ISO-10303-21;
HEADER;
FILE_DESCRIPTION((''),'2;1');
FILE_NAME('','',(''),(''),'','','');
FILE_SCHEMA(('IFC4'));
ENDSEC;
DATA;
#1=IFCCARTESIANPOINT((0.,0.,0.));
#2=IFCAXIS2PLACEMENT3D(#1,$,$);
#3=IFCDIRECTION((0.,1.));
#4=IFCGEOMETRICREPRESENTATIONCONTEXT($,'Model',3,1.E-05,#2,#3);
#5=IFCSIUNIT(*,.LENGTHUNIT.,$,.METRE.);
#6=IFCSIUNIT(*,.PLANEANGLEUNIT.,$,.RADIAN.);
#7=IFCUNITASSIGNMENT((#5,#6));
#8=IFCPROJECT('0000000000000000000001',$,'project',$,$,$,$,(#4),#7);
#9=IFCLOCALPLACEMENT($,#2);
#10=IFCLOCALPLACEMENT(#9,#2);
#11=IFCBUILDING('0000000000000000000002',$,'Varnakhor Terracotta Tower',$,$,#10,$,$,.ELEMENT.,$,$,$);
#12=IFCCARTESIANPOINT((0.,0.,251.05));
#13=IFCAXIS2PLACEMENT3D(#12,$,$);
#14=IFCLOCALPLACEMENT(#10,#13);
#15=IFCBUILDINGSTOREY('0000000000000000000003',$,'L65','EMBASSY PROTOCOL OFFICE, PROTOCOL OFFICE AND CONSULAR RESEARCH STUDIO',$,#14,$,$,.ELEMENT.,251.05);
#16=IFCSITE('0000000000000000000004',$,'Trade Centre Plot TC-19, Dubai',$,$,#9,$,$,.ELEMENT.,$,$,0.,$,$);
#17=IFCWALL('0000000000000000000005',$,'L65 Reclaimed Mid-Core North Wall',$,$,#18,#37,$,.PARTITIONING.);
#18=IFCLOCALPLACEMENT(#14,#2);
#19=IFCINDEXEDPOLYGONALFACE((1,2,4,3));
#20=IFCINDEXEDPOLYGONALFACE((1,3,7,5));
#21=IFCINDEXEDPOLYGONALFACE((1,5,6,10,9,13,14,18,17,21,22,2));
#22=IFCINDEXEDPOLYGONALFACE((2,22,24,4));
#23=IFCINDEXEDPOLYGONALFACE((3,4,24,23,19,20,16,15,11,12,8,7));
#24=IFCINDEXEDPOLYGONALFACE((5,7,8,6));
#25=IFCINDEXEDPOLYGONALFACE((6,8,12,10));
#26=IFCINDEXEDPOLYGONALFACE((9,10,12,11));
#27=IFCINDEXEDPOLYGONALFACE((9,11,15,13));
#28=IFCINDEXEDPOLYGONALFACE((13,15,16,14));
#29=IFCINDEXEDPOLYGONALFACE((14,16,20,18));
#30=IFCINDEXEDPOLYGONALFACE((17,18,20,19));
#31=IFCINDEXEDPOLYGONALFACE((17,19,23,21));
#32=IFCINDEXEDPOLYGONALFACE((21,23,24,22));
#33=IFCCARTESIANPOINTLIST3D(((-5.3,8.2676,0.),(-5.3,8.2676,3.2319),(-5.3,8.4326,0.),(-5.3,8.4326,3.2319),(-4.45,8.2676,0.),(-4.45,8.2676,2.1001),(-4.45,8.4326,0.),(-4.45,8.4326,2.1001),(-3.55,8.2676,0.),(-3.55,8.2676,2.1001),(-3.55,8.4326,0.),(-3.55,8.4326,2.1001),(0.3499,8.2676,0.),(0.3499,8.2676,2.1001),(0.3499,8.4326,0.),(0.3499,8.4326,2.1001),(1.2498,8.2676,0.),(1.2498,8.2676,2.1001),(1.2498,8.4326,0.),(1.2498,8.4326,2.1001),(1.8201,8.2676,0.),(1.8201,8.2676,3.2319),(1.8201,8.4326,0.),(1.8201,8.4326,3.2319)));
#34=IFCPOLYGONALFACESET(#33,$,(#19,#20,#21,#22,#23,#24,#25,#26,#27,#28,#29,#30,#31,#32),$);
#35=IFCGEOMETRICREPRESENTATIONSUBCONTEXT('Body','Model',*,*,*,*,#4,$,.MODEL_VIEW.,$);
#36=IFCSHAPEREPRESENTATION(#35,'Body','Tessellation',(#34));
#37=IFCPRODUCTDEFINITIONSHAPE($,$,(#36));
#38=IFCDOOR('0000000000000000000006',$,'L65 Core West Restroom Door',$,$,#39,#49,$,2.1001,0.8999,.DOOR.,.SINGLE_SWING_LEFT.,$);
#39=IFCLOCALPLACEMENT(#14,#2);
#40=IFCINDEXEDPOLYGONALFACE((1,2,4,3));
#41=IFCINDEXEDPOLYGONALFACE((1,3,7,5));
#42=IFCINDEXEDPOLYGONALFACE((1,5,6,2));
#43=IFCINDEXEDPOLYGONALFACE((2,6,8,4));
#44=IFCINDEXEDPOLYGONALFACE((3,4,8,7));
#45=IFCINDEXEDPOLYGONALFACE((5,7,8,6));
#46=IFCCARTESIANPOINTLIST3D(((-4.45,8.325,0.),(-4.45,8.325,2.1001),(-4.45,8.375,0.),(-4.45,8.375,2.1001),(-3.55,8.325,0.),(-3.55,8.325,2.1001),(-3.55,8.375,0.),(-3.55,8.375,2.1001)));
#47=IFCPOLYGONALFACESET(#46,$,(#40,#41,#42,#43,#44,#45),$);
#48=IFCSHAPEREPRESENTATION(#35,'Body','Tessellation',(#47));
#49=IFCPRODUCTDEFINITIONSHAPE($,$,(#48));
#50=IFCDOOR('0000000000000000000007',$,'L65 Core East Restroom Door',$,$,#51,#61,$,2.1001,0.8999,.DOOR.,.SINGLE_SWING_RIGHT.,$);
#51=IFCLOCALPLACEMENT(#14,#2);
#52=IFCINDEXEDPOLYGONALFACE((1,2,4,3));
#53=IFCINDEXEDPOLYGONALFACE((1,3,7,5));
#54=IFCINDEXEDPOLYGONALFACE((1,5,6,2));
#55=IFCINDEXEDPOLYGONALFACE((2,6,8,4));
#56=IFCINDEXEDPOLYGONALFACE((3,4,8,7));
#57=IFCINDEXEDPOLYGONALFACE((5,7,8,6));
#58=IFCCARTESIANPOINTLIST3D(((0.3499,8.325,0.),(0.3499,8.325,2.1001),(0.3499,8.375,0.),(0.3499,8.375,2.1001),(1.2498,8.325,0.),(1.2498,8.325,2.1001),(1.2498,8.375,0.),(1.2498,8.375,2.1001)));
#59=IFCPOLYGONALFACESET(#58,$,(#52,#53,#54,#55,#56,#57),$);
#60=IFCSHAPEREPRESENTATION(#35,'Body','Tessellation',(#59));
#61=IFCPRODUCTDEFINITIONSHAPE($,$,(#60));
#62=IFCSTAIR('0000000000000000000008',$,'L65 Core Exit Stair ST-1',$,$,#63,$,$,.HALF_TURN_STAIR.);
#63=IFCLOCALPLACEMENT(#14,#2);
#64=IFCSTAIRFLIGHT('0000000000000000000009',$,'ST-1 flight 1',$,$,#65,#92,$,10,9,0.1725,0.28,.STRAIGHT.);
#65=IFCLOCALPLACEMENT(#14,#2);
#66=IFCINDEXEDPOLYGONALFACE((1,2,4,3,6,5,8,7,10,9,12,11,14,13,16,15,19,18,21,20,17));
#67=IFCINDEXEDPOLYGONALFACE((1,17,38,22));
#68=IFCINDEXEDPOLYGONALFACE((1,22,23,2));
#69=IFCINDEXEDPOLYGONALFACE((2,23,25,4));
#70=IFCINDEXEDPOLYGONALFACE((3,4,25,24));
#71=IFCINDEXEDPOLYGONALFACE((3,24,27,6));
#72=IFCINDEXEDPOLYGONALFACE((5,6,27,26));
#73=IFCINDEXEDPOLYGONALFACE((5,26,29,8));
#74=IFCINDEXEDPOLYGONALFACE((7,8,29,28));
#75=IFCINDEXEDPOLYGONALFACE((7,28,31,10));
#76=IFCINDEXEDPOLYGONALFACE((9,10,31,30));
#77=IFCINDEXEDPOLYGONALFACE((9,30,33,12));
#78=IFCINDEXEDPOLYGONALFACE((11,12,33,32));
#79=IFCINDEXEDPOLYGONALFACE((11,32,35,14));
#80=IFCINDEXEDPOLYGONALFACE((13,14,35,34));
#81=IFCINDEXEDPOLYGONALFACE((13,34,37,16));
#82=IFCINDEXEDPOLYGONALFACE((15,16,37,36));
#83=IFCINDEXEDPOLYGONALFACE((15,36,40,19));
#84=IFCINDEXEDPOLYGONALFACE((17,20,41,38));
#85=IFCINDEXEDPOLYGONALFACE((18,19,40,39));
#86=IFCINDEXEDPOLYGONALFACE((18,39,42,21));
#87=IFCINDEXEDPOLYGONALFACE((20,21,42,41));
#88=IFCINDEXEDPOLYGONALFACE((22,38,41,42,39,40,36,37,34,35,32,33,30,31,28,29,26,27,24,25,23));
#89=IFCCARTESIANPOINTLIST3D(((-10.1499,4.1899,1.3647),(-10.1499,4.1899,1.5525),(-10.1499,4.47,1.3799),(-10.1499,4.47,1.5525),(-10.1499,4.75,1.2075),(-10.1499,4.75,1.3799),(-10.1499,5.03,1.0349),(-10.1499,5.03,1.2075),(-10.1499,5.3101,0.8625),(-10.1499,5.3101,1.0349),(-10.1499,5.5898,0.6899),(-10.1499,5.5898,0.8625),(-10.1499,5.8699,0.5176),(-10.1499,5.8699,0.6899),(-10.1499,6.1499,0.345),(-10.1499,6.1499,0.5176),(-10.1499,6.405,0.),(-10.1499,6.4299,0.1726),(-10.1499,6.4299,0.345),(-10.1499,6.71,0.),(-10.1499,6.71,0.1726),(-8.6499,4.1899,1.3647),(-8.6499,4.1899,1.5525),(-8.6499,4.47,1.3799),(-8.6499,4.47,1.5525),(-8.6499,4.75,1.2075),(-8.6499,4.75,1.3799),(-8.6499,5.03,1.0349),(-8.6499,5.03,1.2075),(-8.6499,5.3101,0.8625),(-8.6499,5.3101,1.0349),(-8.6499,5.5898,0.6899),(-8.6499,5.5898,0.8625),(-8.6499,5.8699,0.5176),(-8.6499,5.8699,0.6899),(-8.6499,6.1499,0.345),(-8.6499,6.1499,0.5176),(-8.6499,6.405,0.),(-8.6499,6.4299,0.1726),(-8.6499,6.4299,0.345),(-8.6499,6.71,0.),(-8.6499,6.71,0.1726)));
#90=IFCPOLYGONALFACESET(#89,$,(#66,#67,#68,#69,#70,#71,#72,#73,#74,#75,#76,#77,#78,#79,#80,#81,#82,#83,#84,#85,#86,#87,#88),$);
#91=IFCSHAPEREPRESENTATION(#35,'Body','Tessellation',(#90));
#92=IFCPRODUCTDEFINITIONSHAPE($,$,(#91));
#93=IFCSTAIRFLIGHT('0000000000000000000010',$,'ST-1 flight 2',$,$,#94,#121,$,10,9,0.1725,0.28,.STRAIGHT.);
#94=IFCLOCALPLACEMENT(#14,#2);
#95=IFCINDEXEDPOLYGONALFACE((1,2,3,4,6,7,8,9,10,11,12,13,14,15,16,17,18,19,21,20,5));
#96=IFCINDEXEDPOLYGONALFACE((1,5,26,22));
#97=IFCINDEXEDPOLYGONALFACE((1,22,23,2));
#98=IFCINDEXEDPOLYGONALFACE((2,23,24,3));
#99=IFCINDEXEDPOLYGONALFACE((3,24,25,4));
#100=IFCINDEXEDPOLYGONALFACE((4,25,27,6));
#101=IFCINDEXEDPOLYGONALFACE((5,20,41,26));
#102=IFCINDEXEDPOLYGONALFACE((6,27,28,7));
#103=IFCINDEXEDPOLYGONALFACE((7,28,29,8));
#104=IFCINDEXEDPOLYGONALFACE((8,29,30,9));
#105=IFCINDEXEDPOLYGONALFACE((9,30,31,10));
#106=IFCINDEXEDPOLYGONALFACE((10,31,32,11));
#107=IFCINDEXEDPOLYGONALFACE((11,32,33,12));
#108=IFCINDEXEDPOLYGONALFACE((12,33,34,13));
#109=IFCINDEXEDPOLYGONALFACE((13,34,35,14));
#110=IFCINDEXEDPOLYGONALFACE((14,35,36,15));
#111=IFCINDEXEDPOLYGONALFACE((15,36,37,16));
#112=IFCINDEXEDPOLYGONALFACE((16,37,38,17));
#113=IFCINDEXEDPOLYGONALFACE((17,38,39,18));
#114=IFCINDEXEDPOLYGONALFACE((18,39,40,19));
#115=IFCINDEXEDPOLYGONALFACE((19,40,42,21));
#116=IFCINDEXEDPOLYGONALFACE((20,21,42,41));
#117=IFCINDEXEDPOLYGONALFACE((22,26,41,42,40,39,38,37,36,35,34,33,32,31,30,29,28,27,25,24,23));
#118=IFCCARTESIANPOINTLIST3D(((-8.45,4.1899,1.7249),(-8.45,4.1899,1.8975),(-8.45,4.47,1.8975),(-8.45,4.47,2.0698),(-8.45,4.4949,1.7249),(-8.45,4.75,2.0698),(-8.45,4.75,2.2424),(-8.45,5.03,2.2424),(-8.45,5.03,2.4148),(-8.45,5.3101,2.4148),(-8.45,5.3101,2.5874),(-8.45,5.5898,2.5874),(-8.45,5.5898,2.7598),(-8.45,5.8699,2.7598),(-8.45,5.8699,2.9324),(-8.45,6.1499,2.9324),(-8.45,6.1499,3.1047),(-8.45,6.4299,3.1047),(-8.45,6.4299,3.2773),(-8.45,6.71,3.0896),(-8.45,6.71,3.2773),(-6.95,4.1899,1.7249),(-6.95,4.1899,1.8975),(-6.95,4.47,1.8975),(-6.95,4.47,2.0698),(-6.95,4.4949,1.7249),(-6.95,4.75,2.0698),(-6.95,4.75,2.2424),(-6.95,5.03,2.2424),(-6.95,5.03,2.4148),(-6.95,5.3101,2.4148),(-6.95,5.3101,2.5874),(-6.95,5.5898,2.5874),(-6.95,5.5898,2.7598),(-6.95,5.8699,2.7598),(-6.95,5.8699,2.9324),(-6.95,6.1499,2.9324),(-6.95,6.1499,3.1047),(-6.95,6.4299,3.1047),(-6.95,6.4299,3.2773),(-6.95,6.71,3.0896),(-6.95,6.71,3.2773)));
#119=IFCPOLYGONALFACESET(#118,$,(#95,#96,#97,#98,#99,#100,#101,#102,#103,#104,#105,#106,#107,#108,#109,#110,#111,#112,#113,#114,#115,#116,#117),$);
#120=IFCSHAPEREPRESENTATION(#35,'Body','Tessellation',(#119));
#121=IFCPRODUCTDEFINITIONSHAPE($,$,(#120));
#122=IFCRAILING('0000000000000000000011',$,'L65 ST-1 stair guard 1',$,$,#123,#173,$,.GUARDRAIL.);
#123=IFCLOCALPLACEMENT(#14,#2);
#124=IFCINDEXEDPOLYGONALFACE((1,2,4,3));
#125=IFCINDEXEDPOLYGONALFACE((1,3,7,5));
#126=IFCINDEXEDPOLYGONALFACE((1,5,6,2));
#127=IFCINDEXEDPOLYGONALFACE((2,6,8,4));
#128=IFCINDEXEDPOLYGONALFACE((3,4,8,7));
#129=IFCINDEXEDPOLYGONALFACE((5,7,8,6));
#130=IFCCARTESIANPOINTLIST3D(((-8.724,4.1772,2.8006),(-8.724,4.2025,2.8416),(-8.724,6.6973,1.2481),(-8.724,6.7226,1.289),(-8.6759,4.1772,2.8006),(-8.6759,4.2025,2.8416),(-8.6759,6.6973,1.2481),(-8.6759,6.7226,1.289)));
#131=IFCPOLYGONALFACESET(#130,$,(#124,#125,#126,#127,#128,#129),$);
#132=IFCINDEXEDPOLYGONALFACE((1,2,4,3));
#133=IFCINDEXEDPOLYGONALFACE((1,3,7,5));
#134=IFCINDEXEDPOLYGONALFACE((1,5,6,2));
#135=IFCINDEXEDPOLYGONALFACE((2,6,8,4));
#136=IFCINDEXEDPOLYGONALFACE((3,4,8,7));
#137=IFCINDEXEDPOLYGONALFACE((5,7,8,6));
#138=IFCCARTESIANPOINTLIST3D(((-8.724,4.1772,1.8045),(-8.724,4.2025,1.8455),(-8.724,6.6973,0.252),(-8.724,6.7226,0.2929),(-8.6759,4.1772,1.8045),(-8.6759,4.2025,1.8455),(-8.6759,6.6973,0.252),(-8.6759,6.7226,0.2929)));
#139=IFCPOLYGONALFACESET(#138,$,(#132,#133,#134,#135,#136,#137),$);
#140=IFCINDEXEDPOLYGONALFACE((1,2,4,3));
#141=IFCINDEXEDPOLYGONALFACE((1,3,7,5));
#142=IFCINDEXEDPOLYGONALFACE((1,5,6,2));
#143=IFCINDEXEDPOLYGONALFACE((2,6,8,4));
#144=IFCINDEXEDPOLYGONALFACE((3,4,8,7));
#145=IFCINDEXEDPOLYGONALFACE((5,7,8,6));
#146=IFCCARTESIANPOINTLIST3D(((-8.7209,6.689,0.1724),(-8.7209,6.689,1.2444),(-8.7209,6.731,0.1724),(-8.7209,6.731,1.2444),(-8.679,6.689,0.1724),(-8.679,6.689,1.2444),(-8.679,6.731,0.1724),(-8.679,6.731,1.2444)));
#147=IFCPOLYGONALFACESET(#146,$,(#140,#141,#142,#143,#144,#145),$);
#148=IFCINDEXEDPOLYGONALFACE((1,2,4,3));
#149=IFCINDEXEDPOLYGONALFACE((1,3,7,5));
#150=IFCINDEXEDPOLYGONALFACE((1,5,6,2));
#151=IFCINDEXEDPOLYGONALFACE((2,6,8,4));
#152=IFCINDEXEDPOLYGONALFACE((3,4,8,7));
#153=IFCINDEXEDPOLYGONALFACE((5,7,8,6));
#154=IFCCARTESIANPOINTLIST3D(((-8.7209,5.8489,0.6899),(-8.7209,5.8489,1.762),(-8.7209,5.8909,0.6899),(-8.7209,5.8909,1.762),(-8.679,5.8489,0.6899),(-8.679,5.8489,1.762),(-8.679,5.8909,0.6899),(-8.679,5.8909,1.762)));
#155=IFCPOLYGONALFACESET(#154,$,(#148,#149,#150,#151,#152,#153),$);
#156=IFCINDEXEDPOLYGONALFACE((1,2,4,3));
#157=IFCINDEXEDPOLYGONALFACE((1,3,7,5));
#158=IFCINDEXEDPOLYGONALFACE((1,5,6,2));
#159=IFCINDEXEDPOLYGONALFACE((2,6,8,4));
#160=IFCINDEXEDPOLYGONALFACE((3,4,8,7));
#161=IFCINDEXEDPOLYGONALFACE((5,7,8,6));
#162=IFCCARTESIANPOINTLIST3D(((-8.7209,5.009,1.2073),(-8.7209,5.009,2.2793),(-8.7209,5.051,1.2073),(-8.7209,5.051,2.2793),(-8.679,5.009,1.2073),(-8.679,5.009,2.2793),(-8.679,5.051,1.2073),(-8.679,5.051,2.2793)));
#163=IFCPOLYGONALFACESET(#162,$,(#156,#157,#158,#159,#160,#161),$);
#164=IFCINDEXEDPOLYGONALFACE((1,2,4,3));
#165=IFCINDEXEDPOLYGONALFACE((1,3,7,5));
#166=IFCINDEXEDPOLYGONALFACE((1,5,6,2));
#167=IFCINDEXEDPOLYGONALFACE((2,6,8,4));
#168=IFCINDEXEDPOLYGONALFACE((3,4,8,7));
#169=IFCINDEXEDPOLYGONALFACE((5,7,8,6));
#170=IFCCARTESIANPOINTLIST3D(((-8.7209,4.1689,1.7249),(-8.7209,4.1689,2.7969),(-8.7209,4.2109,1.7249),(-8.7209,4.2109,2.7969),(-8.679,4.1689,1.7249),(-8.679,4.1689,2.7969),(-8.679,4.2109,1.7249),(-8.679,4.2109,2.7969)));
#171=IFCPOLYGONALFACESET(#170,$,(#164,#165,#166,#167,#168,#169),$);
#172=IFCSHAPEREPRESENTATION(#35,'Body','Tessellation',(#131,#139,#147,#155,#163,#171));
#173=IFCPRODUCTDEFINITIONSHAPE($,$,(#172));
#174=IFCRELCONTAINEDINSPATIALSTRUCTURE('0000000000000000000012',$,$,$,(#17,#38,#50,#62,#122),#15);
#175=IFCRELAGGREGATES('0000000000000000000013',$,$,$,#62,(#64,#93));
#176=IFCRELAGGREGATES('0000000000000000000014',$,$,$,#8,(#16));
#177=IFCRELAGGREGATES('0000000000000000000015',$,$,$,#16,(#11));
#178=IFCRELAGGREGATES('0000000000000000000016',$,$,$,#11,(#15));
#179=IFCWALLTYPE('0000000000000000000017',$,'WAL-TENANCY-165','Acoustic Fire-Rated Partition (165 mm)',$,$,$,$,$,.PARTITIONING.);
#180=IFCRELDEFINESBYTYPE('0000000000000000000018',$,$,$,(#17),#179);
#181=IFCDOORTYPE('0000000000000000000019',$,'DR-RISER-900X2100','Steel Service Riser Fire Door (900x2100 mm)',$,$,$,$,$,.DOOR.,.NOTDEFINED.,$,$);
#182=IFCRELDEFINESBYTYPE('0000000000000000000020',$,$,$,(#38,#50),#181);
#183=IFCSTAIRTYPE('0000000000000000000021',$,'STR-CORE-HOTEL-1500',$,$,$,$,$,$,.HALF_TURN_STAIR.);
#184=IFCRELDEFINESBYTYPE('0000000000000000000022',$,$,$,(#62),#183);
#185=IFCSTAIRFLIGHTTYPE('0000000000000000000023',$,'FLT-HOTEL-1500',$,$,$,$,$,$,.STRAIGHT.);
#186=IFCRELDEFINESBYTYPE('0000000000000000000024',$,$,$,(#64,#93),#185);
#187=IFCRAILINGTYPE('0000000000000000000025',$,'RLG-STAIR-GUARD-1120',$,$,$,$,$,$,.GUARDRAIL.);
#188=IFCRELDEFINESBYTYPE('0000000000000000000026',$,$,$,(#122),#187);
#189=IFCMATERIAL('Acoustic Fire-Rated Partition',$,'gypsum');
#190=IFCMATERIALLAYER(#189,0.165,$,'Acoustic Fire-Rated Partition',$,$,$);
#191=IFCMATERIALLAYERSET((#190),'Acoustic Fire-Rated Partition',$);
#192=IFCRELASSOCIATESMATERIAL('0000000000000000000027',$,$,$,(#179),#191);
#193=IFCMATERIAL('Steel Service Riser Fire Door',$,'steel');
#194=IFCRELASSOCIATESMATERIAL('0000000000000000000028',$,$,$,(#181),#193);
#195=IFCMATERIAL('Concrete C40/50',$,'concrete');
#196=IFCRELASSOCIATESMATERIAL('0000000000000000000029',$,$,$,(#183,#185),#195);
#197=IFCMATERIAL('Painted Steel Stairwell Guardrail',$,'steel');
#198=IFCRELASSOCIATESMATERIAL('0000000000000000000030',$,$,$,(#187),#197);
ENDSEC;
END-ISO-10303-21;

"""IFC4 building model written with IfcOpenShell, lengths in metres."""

from ifc_helpers import new_model, si_unit, direction, frame, frame_2d, origin, origin_2d, place, context, subcontext, project, spatial, polyline, rectangle, outline, extrude, source, transform, mapped, material, layer, layer_set, type_object, type_shapes, element, fill, aggregate, save


model = new_model("IFC4")

# Units and contexts
model_context = context("Model", 3, precision=1e-05, world=origin(), true_north=direction((0.0, 1.0)))
body_context = subcontext(model_context, "Body", "Model", "MODEL_VIEW")
ifc_project = project(units=[si_unit("LENGTHUNIT", "METRE"), si_unit("PLANEANGLEUNIT", "RADIAN")], contexts=[model_context])

# Site, building, storey
site_placement = place(None, origin())
site = spatial("IfcSite", under=ifc_project, at=site_placement, Name="Trade Centre Plot TC-19, Dubai", CompositionType="ELEMENT", RefElevation=0.0)
building_placement = place(site_placement, origin())
building = spatial("IfcBuilding", under=site, at=building_placement, Name="Varnakhor Terracotta Tower", CompositionType="ELEMENT")
storey_placement = place(building_placement, frame((0.0, 0.0, 251.05)))
storey = spatial("IfcBuildingStorey", under=building, at=storey_placement, Name="L65", Description="EMBASSY PROTOCOL OFFICE, PROTOCOL OFFICE AND CONSULAR RESEARCH STUDIO", CompositionType="ELEMENT", Elevation=251.05)

# Shared definitions
ifc_material_1 = material(Name="Concrete C40/50", Category="concrete")

# Shared definitions
ifc_material_2 = material(Name="Acoustic Fire-Rated Partition", Category="gypsum")
ifc_layer_1 = layer(ifc_material_2, 0.165, Name="Acoustic Fire-Rated Partition")
ifc_layer_set_1 = layer_set([ifc_layer_1], Name="Acoustic Fire-Rated Partition")
wall_type_1 = type_object("IfcWallType", Name="WAL-TENANCY-165", Description="Acoustic Fire-Rated Partition (165 mm)", PredefinedType="PARTITIONING", material=ifc_layer_set_1)
ifc_material_3 = material(Name="Steel Service Riser Fire Door", Category="steel")
door_type_1 = type_object("IfcDoorType", Name="DR-RISER-900X2100", Description="Steel Service Riser Fire Door (900x2100 mm)", OperationType="NOTDEFINED", PredefinedType="DOOR", material=ifc_material_3)
shared_shape_1 = source(origin(), body_context, "Body", "SweptSolid", [
    extrude(rectangle(XDim=0.8999, YDim=2.1001, at=frame_2d((0.45, 1.05))), frame((0.0, 0.0249, 0.0), z_axis=(0.0, -1.0, 0.0), x_axis=(1.0, 0.0, 0.0)), (0.0, 0.0, 1.0), 0.05),
])
type_shapes(door_type_1, [shared_shape_1])

# Wall, openings, doors
wall_1_placement = place(storey_placement, frame((-5.3, 8.3501, 0.0), z_axis=(0.0, 0.0, 1.0), x_axis=(1.0, 0.0, 0.0)))
wall_1 = element("IfcWall", 1, at=wall_1_placement, inside=storey, type_object=wall_type_1, Name="L65 Reclaimed Mid-Core North Wall", PredefinedType="PARTITIONING", context=body_context, shape_type="SweptSolid", body=[
    extrude(rectangle(XDim=7.1201, YDim=0.165, at=frame_2d((3.5601, 0.0))), origin(), (0.0, 0.0, 1.0), 3.2319),
])
opening_1_placement = place(wall_1_placement, frame((0.8501, 0.0, 0.0)))
opening_1 = element("IfcOpeningElement", 2, at=opening_1_placement, cuts=wall_1, PredefinedType="OPENING", context=body_context, shape_type="SweptSolid", body=[
    extrude(rectangle(XDim=0.8999, YDim=2.1001, at=frame_2d((0.45, 1.05))), frame((0.0, 0.0925, 0.0), z_axis=(0.0, -1.0, 0.0), x_axis=(1.0, 0.0, 0.0)), (0.0, 0.0, 1.0), 0.1851),
])
opening_2_placement = place(wall_1_placement, frame((5.6499, 0.0, 0.0)))
opening_2 = element("IfcOpeningElement", 3, at=opening_2_placement, cuts=wall_1, PredefinedType="OPENING", context=body_context, shape_type="SweptSolid", body=[
    extrude(rectangle(XDim=0.8999, YDim=2.1001, at=frame_2d((0.45, 1.05))), frame((0.0, 0.0925, 0.0), z_axis=(0.0, -1.0, 0.0), x_axis=(1.0, 0.0, 0.0)), (0.0, 0.0, 1.0), 0.1851),
])
door_1_placement = place(opening_1_placement, origin())
door_1 = element("IfcDoor", 4, at=door_1_placement, inside=storey, type_object=door_type_1, Name="L65 Core West Restroom Door", OperationType="SINGLE_SWING_LEFT", OverallHeight=2.1001, OverallWidth=0.8999, PredefinedType="DOOR", context=body_context, shape_type="MappedRepresentation", body=[
    mapped(shared_shape_1, transform((0.0, 0.0, 0.0), scale=1.0)),
])
fill(opening_1, door_1)
door_2_placement = place(opening_2_placement, origin())
door_2 = element("IfcDoor", 5, at=door_2_placement, inside=storey, type_object=door_type_1, Name="L65 Core East Restroom Door", OperationType="SINGLE_SWING_RIGHT", OverallHeight=2.1001, OverallWidth=0.8999, PredefinedType="DOOR", context=body_context, shape_type="MappedRepresentation", body=[
    mapped(shared_shape_1, transform((0.0, 0.0, 0.0), scale=1.0)),
])
fill(opening_2, door_2)

# Stair, stair flights
stair_type = type_object("IfcStairType", Name="STR-CORE-HOTEL-1500", PredefinedType="HALF_TURN_STAIR", material=ifc_material_1)
stair_placement = place(storey_placement, origin())
stair = element("IfcStair", 6, at=stair_placement, inside=storey, type_object=stair_type, Name="L65 Core Exit Stair ST-1", PredefinedType="HALF_TURN_STAIR")
stair_flight_type = type_object("IfcStairFlightType", Name="FLT-HOTEL-1500", PredefinedType="STRAIGHT", material=ifc_material_1)
stair_flight_1_placement = place(storey_placement, frame((-9.3999, 6.71, 0.0), z_axis=(0.0, 0.0, 1.0), x_axis=(0.0, -1.0, 0.0)))
stair_flight_1 = element("IfcStairFlight", 7, at=stair_flight_1_placement, type_object=stair_flight_type, Name="ST-1 flight 1", NumberOfRisers=10, NumberOfTreads=9, PredefinedType="STRAIGHT", RiserHeight=0.1725, TreadLength=0.28, context=body_context, shape_type="SweptSolid", body=[
    extrude(outline(polyline([(0.0, 0.0), (0.0, 0.1726), (0.28, 0.1726), (0.28, 0.345), (0.5601, 0.345), (0.5601, 0.5176), (0.8401, 0.5176), (0.8401, 0.6899), (1.1201, 0.6899), (1.1201, 0.8625), (1.3999, 0.8625), (1.3999, 1.0349), (1.6799, 1.0349), (1.6799, 1.2075), (1.96, 1.2075), (1.96, 1.3799), (2.24, 1.3799), (2.24, 1.5525), (2.52, 1.5525), (2.52, 1.7251), (2.52, 1.3647), (0.3049, 0.0), (0.0, 0.0)])), frame((0.0, 0.75, 0.0), z_axis=(0.0, -1.0, 0.0), x_axis=(1.0, 0.0, 0.0)), (0.0, 0.0, 1.0), 1.5),
])
stair_flight_2_placement = place(storey_placement, frame((-7.7, 4.1899, 1.7249), z_axis=(0.0, 0.0, 1.0), x_axis=(0.0, 1.0, 0.0)))
stair_flight_2 = element("IfcStairFlight", 8, at=stair_flight_2_placement, type_object=stair_flight_type, Name="ST-1 flight 2", NumberOfRisers=10, NumberOfTreads=9, PredefinedType="STRAIGHT", RiserHeight=0.1725, TreadLength=0.28, context=body_context, shape_type="SweptSolid", body=[
    extrude(outline(polyline([(0.0, 0.0), (0.0, 0.1726), (0.28, 0.1726), (0.28, 0.345), (0.5601, 0.345), (0.5601, 0.5176), (0.8401, 0.5176), (0.8401, 0.6899), (1.1201, 0.6899), (1.1201, 0.8625), (1.3999, 0.8625), (1.3999, 1.0349), (1.6799, 1.0349), (1.6799, 1.2075), (1.96, 1.2075), (1.96, 1.3799), (2.24, 1.3799), (2.24, 1.5525), (2.52, 1.5525), (2.52, 1.7251), (2.52, 1.3647), (0.3049, 0.0), (0.0, 0.0)])), frame((0.0, 0.75, 0.0), z_axis=(0.0, -1.0, 0.0), x_axis=(1.0, 0.0, 0.0)), (0.0, 0.0, 1.0), 1.5),
])
aggregate(stair, [stair_flight_1, stair_flight_2])

# Railing
ifc_material_4 = material(Name="Painted Steel Stairwell Guardrail", Category="steel")
railing_type_1 = type_object("IfcRailingType", Name="RLG-STAIR-GUARD-1120", PredefinedType="GUARDRAIL", material=ifc_material_4)
railing_1_placement = place(storey_placement, frame((-8.7, 6.71, 0.1724)))
element("IfcRailing", 9, at=railing_1_placement, inside=storey, type_object=railing_type_1, Name="L65 ST-1 stair guard 1", PredefinedType="GUARDRAIL", context=body_context, shape_type="SweptSolid", body=[
    extrude(rectangle(XDim=0.0481, YDim=0.0481, at=origin_2d()), frame((0.0, 0.0, 1.0962), z_axis=(0.0, -0.8514, 0.524516), x_axis=(1.0, 0.0, 0.0)), (0.0, 0.0, 1.0), 2.96),
    extrude(rectangle(XDim=0.0481, YDim=0.0481, at=origin_2d()), frame((0.0, 0.0, 0.1001), z_axis=(0.0, -0.8514, 0.524516), x_axis=(1.0, 0.0, 0.0)), (0.0, 0.0, 1.0), 2.96),
    extrude(rectangle(XDim=0.042, YDim=0.042, at=origin_2d()), origin(), (0.0, 0.0, 1.0), 1.072),
    extrude(rectangle(XDim=0.042, YDim=0.042, at=origin_2d()), frame((0.0, -0.8401, 0.5176)), (0.0, 0.0, 1.0), 1.072),
    extrude(rectangle(XDim=0.042, YDim=0.042, at=origin_2d()), frame((0.0, -1.6799, 1.0349)), (0.0, 0.0, 1.0), 1.072),
    extrude(rectangle(XDim=0.042, YDim=0.042, at=origin_2d()), frame((0.0, -2.52, 1.5525)), (0.0, 0.0, 1.0), 1.072),
])

save(model, "model.ifc")
